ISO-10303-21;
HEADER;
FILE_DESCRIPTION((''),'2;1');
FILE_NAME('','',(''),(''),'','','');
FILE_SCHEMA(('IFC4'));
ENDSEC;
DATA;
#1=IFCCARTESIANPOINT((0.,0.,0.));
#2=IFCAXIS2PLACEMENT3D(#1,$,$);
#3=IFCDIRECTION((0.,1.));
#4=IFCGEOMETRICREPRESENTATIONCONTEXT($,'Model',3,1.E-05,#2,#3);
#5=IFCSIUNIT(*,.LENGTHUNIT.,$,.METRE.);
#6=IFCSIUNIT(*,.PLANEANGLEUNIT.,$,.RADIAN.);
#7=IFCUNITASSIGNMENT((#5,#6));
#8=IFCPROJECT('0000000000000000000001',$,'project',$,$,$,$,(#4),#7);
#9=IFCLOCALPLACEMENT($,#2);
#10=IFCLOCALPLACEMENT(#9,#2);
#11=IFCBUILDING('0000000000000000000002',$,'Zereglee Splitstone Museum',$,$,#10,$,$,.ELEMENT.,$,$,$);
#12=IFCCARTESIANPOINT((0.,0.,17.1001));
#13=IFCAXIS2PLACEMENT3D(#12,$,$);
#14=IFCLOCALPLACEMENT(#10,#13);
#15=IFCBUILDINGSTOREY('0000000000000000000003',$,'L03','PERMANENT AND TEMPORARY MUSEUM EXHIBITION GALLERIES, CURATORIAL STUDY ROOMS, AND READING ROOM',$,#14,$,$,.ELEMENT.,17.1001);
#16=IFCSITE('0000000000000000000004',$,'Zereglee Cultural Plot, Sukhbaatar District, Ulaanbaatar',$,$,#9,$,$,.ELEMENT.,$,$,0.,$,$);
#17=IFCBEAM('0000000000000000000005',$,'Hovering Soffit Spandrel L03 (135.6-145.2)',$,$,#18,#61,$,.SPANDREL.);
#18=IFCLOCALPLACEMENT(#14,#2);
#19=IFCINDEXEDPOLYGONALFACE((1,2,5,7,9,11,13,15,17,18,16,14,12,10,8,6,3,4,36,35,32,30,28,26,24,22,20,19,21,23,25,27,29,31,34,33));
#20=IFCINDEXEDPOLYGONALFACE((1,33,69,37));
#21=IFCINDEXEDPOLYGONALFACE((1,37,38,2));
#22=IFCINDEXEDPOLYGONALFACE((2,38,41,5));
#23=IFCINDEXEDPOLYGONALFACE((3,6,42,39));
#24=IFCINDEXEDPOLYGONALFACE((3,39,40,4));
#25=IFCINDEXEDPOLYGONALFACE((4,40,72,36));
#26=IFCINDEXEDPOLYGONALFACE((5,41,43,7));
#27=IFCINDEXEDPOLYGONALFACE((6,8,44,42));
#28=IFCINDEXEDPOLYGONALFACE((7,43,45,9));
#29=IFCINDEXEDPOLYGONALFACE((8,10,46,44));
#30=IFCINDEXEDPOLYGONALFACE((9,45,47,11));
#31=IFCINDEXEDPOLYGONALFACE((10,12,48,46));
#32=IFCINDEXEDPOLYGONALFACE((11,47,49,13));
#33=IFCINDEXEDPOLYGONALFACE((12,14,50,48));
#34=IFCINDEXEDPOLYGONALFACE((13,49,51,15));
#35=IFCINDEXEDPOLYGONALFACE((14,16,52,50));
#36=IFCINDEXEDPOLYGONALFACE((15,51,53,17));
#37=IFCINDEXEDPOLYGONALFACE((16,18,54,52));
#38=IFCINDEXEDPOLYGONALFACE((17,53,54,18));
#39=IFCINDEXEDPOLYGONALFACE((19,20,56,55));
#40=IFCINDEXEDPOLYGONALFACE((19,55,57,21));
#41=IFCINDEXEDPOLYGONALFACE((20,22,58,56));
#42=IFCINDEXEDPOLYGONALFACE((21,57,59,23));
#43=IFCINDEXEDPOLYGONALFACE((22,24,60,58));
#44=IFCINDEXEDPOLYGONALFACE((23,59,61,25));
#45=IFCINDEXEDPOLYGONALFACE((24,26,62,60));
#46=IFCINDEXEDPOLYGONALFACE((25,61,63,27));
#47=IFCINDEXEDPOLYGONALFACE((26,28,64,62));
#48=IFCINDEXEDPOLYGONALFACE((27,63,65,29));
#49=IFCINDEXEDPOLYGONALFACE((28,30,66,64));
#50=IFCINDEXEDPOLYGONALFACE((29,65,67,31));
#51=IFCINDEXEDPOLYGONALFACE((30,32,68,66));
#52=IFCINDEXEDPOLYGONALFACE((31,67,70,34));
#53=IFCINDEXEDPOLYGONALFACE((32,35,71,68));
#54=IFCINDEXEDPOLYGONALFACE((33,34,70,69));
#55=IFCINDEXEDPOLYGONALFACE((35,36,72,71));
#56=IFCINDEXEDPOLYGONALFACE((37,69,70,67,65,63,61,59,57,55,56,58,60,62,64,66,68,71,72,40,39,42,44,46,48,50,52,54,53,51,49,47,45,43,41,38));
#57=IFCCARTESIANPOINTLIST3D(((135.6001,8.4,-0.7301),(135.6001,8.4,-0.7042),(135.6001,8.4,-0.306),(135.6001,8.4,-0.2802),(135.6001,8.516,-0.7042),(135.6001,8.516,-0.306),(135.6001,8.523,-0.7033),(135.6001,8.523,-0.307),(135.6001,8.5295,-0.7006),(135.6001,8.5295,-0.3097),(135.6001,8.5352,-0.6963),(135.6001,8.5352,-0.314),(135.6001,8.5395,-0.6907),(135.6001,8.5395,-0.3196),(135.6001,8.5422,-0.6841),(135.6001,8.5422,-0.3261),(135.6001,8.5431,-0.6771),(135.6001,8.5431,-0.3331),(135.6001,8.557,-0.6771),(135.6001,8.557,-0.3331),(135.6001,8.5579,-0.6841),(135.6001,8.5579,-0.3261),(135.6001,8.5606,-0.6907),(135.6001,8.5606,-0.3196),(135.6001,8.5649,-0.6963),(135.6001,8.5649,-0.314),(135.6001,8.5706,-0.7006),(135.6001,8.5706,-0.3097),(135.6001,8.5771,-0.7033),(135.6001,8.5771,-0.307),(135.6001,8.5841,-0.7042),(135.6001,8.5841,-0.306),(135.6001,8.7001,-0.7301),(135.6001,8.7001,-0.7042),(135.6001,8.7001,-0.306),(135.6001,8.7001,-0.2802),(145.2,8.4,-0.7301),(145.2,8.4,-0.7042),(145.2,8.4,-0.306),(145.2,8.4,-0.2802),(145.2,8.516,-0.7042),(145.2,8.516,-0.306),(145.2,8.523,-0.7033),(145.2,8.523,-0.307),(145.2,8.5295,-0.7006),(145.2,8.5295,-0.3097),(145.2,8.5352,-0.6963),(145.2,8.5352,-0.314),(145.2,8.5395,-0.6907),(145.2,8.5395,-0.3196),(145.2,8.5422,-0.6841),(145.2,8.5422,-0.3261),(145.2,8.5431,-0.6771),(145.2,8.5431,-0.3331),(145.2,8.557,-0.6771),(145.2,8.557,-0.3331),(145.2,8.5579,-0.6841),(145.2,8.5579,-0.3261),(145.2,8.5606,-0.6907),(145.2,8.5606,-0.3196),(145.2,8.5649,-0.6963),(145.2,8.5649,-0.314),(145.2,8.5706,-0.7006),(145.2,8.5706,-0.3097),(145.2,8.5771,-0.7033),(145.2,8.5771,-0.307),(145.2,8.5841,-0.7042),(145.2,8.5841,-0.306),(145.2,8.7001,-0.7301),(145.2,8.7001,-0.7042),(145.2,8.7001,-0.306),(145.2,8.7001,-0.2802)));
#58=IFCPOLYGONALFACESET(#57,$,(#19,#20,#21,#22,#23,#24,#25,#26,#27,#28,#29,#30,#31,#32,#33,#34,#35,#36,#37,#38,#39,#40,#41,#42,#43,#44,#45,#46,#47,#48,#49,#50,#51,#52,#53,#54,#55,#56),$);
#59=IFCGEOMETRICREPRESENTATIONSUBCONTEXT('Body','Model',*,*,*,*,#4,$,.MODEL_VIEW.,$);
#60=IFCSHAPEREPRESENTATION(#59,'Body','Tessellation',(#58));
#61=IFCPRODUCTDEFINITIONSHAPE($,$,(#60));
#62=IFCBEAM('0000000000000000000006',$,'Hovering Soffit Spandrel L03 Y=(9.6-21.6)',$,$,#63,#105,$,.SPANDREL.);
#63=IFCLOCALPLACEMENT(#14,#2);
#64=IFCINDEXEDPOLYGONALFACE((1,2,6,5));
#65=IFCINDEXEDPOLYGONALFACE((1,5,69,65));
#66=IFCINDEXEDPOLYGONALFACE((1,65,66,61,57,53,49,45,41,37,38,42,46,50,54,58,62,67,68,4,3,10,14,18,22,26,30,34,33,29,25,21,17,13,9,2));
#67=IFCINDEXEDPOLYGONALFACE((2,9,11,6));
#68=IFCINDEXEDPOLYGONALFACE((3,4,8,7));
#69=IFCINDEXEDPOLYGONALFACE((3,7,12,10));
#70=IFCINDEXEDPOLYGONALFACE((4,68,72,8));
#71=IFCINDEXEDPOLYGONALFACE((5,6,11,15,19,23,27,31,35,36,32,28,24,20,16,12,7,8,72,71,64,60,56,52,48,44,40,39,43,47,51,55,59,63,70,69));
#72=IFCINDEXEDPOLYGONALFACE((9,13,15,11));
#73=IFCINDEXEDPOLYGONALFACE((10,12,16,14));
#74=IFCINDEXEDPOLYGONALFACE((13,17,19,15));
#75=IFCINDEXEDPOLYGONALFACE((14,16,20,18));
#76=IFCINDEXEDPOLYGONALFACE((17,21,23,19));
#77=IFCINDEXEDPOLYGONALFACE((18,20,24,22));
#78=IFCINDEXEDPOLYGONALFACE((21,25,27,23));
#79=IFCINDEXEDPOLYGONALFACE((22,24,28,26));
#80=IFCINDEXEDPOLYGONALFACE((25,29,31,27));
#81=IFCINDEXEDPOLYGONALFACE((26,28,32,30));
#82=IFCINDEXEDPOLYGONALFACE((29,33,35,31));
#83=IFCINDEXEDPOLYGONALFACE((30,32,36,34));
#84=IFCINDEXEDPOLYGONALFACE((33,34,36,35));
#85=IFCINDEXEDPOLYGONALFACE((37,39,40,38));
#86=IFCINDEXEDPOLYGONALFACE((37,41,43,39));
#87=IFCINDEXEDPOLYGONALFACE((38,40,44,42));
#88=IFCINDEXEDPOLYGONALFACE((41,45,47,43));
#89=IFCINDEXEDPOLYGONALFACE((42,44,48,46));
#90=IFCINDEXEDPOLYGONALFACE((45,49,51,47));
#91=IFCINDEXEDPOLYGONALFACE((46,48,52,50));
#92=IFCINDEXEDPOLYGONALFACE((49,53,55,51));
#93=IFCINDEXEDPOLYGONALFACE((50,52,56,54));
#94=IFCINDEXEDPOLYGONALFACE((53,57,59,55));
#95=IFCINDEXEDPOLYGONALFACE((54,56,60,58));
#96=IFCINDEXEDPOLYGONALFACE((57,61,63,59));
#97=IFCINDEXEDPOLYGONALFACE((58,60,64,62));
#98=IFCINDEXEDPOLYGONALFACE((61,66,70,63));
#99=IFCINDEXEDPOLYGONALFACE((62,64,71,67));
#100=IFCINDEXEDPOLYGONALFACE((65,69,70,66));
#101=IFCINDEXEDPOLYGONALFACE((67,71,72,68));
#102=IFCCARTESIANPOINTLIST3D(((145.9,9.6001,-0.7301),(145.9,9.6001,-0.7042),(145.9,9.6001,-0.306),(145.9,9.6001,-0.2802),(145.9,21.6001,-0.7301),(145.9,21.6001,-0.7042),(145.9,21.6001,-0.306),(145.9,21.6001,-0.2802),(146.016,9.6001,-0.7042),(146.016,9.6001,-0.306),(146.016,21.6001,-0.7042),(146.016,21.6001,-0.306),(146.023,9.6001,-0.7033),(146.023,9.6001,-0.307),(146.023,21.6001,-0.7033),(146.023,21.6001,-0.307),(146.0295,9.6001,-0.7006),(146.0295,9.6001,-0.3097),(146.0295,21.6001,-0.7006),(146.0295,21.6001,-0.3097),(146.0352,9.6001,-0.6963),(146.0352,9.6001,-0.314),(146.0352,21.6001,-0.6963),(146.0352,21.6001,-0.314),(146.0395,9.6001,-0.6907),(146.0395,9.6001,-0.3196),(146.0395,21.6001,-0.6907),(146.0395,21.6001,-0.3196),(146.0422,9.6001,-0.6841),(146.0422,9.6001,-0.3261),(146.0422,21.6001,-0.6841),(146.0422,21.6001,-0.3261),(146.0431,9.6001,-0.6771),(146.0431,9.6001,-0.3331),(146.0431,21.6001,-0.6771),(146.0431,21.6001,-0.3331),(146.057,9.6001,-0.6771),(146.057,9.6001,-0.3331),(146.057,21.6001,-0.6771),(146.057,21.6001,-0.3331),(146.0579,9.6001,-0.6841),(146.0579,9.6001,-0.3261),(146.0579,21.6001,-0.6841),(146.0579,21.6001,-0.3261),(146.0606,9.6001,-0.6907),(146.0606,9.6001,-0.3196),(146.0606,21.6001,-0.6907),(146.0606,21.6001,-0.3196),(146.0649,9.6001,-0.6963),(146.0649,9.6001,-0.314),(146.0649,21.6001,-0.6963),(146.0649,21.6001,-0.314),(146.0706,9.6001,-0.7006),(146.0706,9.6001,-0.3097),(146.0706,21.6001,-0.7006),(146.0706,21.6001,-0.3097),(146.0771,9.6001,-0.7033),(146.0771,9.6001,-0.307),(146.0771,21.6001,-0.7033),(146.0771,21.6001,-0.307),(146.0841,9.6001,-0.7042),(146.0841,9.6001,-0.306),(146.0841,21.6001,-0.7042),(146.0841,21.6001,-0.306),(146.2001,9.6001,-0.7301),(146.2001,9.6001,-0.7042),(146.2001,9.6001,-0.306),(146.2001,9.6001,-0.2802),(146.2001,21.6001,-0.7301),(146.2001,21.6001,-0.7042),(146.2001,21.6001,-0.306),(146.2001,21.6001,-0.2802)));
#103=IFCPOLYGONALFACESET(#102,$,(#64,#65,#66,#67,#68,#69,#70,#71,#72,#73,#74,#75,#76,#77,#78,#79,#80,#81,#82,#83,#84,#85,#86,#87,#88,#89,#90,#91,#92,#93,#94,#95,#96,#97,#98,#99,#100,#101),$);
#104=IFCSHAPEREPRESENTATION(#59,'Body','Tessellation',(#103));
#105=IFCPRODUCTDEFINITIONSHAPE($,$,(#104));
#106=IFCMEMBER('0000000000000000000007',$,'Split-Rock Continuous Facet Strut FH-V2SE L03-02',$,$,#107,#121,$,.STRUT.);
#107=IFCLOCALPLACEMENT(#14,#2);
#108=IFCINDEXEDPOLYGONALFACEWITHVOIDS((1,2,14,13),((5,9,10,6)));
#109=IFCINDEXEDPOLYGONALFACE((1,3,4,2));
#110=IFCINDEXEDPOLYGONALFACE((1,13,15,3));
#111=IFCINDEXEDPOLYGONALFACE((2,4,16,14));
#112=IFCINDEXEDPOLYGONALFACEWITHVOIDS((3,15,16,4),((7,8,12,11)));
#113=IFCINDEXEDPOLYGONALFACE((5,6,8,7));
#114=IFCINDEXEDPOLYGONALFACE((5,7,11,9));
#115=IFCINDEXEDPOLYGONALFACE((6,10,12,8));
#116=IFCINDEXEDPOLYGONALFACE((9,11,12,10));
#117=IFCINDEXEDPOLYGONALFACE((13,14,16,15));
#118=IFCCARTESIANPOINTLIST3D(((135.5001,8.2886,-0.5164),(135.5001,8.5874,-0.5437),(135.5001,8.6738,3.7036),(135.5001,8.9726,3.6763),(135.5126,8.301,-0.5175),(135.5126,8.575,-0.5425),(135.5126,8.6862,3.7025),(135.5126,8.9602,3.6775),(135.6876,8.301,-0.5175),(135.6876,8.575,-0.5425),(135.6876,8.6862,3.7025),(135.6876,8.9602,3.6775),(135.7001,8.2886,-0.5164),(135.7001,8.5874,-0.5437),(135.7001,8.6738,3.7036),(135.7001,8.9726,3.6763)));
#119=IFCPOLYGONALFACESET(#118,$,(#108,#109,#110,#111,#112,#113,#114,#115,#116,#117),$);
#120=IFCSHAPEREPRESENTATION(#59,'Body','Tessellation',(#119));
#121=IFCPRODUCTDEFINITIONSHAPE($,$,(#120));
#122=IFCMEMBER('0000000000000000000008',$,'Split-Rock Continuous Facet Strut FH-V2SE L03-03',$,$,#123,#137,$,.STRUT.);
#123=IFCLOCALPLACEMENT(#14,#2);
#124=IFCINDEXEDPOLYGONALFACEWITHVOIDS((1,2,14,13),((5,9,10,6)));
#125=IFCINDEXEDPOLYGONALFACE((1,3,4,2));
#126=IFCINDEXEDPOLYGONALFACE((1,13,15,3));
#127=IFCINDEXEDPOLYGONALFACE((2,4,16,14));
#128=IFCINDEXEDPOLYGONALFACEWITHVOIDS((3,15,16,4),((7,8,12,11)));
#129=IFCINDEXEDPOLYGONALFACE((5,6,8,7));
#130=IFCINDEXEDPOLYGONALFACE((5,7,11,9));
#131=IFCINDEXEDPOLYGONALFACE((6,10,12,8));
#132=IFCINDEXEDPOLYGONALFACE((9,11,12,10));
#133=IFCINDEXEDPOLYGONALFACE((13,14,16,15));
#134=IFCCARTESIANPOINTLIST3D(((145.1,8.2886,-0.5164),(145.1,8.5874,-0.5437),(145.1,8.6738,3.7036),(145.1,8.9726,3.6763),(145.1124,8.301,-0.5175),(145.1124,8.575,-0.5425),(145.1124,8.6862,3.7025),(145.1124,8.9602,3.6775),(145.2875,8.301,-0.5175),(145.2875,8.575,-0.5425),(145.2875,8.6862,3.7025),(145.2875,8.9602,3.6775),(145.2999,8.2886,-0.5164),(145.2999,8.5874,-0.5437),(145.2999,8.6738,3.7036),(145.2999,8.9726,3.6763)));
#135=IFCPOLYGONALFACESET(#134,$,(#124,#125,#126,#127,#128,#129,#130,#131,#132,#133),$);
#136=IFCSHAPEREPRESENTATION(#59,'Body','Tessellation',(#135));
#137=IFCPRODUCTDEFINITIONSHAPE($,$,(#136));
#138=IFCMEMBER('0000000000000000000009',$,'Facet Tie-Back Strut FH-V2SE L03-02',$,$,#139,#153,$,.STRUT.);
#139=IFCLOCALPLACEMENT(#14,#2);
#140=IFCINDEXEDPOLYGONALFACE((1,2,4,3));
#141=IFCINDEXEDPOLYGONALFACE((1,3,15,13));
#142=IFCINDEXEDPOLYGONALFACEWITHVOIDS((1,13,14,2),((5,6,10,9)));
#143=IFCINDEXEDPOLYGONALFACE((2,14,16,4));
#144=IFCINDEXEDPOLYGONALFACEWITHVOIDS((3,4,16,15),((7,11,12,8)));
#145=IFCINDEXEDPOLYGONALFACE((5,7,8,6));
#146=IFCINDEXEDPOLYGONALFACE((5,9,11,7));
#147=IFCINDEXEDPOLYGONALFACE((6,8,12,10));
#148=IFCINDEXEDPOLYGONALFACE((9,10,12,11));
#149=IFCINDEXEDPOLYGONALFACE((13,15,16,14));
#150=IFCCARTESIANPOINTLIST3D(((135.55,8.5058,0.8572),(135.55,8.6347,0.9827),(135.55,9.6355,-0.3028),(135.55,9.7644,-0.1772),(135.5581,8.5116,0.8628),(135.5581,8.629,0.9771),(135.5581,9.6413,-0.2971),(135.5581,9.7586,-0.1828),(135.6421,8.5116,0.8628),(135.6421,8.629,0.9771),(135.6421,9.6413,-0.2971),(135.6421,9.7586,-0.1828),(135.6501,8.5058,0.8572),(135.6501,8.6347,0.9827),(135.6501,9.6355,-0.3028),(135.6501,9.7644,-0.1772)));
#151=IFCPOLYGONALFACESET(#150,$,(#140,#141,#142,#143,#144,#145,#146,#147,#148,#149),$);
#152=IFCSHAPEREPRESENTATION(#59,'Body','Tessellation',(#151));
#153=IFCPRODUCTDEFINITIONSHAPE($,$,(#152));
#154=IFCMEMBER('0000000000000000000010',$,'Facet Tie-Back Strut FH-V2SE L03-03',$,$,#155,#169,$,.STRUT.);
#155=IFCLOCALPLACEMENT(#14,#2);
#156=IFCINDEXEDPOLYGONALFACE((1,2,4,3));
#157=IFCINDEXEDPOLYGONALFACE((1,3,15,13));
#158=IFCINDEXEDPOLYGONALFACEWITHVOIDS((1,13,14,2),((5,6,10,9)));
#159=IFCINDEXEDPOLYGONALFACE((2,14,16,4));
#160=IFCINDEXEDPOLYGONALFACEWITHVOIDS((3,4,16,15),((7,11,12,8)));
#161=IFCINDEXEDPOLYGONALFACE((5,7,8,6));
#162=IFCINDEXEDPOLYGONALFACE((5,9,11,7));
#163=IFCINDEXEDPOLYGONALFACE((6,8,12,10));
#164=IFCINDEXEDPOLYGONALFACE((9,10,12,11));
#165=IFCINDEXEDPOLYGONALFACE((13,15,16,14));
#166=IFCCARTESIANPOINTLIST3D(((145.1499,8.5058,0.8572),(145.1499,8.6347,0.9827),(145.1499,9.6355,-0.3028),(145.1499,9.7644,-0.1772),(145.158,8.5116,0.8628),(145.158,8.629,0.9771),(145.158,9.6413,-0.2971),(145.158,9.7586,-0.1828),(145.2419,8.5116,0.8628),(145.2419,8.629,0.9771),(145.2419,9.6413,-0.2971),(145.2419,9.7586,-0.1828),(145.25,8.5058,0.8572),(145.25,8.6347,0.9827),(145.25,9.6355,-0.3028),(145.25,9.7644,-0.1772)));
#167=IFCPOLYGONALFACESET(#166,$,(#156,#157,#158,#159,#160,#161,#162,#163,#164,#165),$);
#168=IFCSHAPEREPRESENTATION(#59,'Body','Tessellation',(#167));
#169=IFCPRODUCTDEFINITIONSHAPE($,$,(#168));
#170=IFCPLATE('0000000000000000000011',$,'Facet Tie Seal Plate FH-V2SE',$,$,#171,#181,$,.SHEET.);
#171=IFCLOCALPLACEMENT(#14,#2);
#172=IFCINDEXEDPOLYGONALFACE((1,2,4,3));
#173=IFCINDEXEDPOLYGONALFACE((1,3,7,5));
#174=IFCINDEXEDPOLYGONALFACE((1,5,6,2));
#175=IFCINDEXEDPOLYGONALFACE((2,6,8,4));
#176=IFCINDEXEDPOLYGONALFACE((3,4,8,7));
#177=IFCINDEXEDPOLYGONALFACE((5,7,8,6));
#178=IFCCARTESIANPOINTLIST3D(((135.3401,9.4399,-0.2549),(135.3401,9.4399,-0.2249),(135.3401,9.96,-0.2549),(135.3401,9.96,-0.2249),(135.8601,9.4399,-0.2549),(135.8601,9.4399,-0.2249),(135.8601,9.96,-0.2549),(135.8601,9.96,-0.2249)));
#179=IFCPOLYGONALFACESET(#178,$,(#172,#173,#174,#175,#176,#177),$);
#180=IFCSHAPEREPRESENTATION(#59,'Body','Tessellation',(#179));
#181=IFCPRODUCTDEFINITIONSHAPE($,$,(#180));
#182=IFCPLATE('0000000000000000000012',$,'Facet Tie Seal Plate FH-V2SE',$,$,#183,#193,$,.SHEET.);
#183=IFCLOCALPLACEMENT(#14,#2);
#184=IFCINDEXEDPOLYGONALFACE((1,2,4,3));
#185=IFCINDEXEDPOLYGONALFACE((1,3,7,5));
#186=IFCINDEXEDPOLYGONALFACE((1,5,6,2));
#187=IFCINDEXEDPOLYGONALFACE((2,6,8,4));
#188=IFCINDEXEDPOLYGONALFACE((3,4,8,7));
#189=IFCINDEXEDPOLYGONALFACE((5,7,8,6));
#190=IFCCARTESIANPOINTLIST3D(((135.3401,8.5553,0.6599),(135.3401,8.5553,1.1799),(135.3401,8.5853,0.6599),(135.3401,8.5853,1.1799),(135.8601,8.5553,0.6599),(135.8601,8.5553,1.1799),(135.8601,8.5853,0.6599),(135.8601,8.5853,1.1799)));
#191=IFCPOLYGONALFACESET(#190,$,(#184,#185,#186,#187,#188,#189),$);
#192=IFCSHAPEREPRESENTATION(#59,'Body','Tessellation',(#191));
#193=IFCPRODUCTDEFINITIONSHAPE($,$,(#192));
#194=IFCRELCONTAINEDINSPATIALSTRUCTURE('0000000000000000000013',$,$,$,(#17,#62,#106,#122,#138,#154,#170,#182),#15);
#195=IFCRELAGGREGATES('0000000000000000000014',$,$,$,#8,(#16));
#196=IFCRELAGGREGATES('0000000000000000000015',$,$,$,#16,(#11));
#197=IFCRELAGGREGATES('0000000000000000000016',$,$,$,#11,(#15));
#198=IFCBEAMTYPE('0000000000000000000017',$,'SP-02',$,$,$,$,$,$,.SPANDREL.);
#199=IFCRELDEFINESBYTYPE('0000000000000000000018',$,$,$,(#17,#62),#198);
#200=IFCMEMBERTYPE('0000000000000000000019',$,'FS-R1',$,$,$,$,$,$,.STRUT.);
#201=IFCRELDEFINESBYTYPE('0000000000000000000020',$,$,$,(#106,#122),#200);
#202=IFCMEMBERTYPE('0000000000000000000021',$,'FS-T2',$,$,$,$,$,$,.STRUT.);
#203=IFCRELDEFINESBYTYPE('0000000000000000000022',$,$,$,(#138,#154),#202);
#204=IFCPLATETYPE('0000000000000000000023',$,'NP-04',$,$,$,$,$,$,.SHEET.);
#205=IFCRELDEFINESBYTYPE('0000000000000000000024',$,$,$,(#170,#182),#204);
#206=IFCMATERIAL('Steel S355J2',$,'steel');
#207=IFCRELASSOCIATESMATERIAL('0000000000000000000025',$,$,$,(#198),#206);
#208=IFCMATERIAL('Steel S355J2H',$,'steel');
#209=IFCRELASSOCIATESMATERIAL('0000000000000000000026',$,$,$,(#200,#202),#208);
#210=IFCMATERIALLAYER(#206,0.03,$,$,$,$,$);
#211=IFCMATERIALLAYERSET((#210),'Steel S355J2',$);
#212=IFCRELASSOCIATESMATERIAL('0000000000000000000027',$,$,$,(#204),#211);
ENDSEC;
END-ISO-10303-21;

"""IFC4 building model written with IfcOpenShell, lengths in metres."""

from ifc_helpers import new_model, si_unit, direction, frame, origin, origin_2d, place, context, subcontext, project, spatial, rectangle, hollow_rectangle, i_section, extrude, material, layer, layer_set, material_profile, profile_set, type_object, element, save


model = new_model("IFC4")

# Units and contexts
model_context = context("Model", 3, precision=1e-05, world=origin(), true_north=direction((0.0, 1.0)))
body_context = subcontext(model_context, "Body", "Model", "MODEL_VIEW")
ifc_project = project(units=[si_unit("LENGTHUNIT", "METRE"), si_unit("PLANEANGLEUNIT", "RADIAN")], contexts=[model_context])

# Site, building, storey
site_placement = place(None, origin())
site = spatial("IfcSite", under=ifc_project, at=site_placement, Name="Zereglee Cultural Plot, Sukhbaatar District, Ulaanbaatar", CompositionType="ELEMENT", RefElevation=0.0)
building_placement = place(site_placement, origin())
building = spatial("IfcBuilding", under=site, at=building_placement, Name="Zereglee Splitstone Museum", CompositionType="ELEMENT")
storey_placement = place(building_placement, frame((0.0, 0.0, 17.1001)))
storey = spatial("IfcBuildingStorey", under=building, at=storey_placement, Name="L03", Description="PERMANENT AND TEMPORARY MUSEUM EXHIBITION GALLERIES, CURATORIAL STUDY ROOMS, AND READING ROOM", CompositionType="ELEMENT", Elevation=17.1001)

# Shared definitions
ifc_material_1 = material(Name="Steel S355J2", Category="steel")

# Beams
ifc_material_profile_1 = material_profile(ifc_material_1, i_section(OverallWidth=0.3, OverallDepth=0.45, WebThickness=0.0139, FlangeThickness=0.0259, FilletRadius=0.0271, at=origin_2d()), Name="HE 450 B")
ifc_profile_set_1 = profile_set([ifc_material_profile_1], Name="Steel S355J2")
beam_type_1 = type_object("IfcBeamType", Name="SP-02", PredefinedType="SPANDREL", material=ifc_profile_set_1)
beam_1_placement = place(storey_placement, frame((135.6001, 8.55, -0.5051), z_axis=(1.0, 0.0, 0.0), x_axis=(0.0, 1.0, 0.0)))
element("IfcBeam", 1, at=beam_1_placement, inside=storey, type_object=beam_type_1, Name="Hovering Soffit Spandrel L03 (135.6-145.2)", PredefinedType="SPANDREL", context=body_context, shape_type="SweptSolid", body=[
    extrude(i_section(OverallWidth=0.3, OverallDepth=0.45, WebThickness=0.0139, FlangeThickness=0.0259, FilletRadius=0.0271, at=origin_2d()), origin(), (0.0, 0.0, 1.0), 9.5999),
])
beam_2_placement = place(storey_placement, frame((146.05, 9.6001, -0.5051), z_axis=(0.0, 1.0, 0.0), x_axis=(-1.0, 0.0, 0.0)))
element("IfcBeam", 2, at=beam_2_placement, inside=storey, type_object=beam_type_1, Name="Hovering Soffit Spandrel L03 Y=(9.6-21.6)", PredefinedType="SPANDREL", context=body_context, shape_type="SweptSolid", body=[
    extrude(i_section(OverallWidth=0.3, OverallDepth=0.45, WebThickness=0.0139, FlangeThickness=0.0259, FilletRadius=0.0271, at=origin_2d()), origin(), (0.0, 0.0, 1.0), 12.0),
])

# Members
ifc_material_2 = material(Name="Steel S355J2H", Category="steel")
ifc_material_profile_2 = material_profile(ifc_material_2, hollow_rectangle(XDim=0.2, YDim=0.3, WallThickness=0.0125, at=origin_2d()), Name="RHS 300x200x12.5")
ifc_profile_set_2 = profile_set([ifc_material_profile_2], Name="Steel S355J2H")
member_type_1 = type_object("IfcMemberType", Name="FS-R1", PredefinedType="STRUT", material=ifc_profile_set_2)
for number, where, z_axis, x_axis, name in (
    (3, (135.6001, 8.438, -0.53), (0.0, 0.090915, 0.995859), (-1.0, 0.0, 0.0), "Split-Rock Continuous Facet Strut FH-V2SE L03-02"),
    (4, (145.2, 8.438, -0.53), (0.0, 0.090915, 0.995859), (-1.0, 0.0, 0.0), "Split-Rock Continuous Facet Strut FH-V2SE L03-03"),
):
    element("IfcMember", number, at=place(storey_placement, frame(where, z_axis=z_axis, x_axis=x_axis)), inside=storey, type_object=member_type_1, Name=name, PredefinedType="STRUT", context=body_context, shape_type="SweptSolid", body=[
        extrude(hollow_rectangle(XDim=0.2, YDim=0.3, WallThickness=0.0125, at=origin_2d()), origin(), (0.0, 0.0, 1.0), 4.2375),
    ])
ifc_material_profile_3 = material_profile(ifc_material_2, hollow_rectangle(XDim=0.1001, YDim=0.1799, WallThickness=0.0081, at=origin_2d()), Name="RHS 180x100x8")
ifc_profile_set_3 = profile_set([ifc_material_profile_3], Name="Steel S355J2H")
member_type_2 = type_object("IfcMemberType", Name="FS-T2", PredefinedType="STRUT", material=ifc_profile_set_3)
for number, where, z_axis, x_axis, name in (
    (5, (135.6001, 9.7, -0.24), (0.0, -0.697696, 0.716394), (1.0, 0.0, 0.0), "Facet Tie-Back Strut FH-V2SE L03-02"),
    (6, (145.2, 9.7, -0.24), (0.0, -0.697696, 0.716394), (1.0, 0.0, 0.0), "Facet Tie-Back Strut FH-V2SE L03-03"),
):
    element("IfcMember", number, at=place(storey_placement, frame(where, z_axis=z_axis, x_axis=x_axis)), inside=storey, type_object=member_type_2, Name=name, PredefinedType="STRUT", context=body_context, shape_type="SweptSolid", body=[
        extrude(hollow_rectangle(XDim=0.1001, YDim=0.1799, WallThickness=0.0081, at=origin_2d()), origin(), (0.0, 0.0, 1.0), 1.6191),
    ])

# Plates
ifc_layer_1 = layer(ifc_material_1, 0.03)
ifc_layer_set_1 = layer_set([ifc_layer_1], Name="Steel S355J2")
plate_type_1 = type_object("IfcPlateType", Name="NP-04", PredefinedType="SHEET", material=ifc_layer_set_1)
plate_1_placement = place(storey_placement, frame((135.6001, 9.7, -0.2549), z_axis=(0.0, 0.0, 1.0), x_axis=(1.0, 0.0, 0.0)))
element("IfcPlate", 7, at=plate_1_placement, inside=storey, type_object=plate_type_1, Name="Facet Tie Seal Plate FH-V2SE", PredefinedType="SHEET", context=body_context, shape_type="SweptSolid", body=[
    extrude(rectangle(XDim=0.52, YDim=0.52, at=origin_2d()), origin(), (0.0, 0.0, 1.0), 0.03),
])
plate_2_placement = place(storey_placement, frame((135.6001, 8.5703, 0.6599), z_axis=(0.0, 0.0, 1.0), x_axis=(1.0, 0.0, 0.0)))
element("IfcPlate", 8, at=plate_2_placement, inside=storey, type_object=plate_type_1, Name="Facet Tie Seal Plate FH-V2SE", PredefinedType="SHEET", context=body_context, shape_type="SweptSolid", body=[
    extrude(rectangle(XDim=0.52, YDim=0.03, at=origin_2d()), origin(), (0.0, 0.0, 1.0), 0.52),
])

save(model, "model.ifc")
